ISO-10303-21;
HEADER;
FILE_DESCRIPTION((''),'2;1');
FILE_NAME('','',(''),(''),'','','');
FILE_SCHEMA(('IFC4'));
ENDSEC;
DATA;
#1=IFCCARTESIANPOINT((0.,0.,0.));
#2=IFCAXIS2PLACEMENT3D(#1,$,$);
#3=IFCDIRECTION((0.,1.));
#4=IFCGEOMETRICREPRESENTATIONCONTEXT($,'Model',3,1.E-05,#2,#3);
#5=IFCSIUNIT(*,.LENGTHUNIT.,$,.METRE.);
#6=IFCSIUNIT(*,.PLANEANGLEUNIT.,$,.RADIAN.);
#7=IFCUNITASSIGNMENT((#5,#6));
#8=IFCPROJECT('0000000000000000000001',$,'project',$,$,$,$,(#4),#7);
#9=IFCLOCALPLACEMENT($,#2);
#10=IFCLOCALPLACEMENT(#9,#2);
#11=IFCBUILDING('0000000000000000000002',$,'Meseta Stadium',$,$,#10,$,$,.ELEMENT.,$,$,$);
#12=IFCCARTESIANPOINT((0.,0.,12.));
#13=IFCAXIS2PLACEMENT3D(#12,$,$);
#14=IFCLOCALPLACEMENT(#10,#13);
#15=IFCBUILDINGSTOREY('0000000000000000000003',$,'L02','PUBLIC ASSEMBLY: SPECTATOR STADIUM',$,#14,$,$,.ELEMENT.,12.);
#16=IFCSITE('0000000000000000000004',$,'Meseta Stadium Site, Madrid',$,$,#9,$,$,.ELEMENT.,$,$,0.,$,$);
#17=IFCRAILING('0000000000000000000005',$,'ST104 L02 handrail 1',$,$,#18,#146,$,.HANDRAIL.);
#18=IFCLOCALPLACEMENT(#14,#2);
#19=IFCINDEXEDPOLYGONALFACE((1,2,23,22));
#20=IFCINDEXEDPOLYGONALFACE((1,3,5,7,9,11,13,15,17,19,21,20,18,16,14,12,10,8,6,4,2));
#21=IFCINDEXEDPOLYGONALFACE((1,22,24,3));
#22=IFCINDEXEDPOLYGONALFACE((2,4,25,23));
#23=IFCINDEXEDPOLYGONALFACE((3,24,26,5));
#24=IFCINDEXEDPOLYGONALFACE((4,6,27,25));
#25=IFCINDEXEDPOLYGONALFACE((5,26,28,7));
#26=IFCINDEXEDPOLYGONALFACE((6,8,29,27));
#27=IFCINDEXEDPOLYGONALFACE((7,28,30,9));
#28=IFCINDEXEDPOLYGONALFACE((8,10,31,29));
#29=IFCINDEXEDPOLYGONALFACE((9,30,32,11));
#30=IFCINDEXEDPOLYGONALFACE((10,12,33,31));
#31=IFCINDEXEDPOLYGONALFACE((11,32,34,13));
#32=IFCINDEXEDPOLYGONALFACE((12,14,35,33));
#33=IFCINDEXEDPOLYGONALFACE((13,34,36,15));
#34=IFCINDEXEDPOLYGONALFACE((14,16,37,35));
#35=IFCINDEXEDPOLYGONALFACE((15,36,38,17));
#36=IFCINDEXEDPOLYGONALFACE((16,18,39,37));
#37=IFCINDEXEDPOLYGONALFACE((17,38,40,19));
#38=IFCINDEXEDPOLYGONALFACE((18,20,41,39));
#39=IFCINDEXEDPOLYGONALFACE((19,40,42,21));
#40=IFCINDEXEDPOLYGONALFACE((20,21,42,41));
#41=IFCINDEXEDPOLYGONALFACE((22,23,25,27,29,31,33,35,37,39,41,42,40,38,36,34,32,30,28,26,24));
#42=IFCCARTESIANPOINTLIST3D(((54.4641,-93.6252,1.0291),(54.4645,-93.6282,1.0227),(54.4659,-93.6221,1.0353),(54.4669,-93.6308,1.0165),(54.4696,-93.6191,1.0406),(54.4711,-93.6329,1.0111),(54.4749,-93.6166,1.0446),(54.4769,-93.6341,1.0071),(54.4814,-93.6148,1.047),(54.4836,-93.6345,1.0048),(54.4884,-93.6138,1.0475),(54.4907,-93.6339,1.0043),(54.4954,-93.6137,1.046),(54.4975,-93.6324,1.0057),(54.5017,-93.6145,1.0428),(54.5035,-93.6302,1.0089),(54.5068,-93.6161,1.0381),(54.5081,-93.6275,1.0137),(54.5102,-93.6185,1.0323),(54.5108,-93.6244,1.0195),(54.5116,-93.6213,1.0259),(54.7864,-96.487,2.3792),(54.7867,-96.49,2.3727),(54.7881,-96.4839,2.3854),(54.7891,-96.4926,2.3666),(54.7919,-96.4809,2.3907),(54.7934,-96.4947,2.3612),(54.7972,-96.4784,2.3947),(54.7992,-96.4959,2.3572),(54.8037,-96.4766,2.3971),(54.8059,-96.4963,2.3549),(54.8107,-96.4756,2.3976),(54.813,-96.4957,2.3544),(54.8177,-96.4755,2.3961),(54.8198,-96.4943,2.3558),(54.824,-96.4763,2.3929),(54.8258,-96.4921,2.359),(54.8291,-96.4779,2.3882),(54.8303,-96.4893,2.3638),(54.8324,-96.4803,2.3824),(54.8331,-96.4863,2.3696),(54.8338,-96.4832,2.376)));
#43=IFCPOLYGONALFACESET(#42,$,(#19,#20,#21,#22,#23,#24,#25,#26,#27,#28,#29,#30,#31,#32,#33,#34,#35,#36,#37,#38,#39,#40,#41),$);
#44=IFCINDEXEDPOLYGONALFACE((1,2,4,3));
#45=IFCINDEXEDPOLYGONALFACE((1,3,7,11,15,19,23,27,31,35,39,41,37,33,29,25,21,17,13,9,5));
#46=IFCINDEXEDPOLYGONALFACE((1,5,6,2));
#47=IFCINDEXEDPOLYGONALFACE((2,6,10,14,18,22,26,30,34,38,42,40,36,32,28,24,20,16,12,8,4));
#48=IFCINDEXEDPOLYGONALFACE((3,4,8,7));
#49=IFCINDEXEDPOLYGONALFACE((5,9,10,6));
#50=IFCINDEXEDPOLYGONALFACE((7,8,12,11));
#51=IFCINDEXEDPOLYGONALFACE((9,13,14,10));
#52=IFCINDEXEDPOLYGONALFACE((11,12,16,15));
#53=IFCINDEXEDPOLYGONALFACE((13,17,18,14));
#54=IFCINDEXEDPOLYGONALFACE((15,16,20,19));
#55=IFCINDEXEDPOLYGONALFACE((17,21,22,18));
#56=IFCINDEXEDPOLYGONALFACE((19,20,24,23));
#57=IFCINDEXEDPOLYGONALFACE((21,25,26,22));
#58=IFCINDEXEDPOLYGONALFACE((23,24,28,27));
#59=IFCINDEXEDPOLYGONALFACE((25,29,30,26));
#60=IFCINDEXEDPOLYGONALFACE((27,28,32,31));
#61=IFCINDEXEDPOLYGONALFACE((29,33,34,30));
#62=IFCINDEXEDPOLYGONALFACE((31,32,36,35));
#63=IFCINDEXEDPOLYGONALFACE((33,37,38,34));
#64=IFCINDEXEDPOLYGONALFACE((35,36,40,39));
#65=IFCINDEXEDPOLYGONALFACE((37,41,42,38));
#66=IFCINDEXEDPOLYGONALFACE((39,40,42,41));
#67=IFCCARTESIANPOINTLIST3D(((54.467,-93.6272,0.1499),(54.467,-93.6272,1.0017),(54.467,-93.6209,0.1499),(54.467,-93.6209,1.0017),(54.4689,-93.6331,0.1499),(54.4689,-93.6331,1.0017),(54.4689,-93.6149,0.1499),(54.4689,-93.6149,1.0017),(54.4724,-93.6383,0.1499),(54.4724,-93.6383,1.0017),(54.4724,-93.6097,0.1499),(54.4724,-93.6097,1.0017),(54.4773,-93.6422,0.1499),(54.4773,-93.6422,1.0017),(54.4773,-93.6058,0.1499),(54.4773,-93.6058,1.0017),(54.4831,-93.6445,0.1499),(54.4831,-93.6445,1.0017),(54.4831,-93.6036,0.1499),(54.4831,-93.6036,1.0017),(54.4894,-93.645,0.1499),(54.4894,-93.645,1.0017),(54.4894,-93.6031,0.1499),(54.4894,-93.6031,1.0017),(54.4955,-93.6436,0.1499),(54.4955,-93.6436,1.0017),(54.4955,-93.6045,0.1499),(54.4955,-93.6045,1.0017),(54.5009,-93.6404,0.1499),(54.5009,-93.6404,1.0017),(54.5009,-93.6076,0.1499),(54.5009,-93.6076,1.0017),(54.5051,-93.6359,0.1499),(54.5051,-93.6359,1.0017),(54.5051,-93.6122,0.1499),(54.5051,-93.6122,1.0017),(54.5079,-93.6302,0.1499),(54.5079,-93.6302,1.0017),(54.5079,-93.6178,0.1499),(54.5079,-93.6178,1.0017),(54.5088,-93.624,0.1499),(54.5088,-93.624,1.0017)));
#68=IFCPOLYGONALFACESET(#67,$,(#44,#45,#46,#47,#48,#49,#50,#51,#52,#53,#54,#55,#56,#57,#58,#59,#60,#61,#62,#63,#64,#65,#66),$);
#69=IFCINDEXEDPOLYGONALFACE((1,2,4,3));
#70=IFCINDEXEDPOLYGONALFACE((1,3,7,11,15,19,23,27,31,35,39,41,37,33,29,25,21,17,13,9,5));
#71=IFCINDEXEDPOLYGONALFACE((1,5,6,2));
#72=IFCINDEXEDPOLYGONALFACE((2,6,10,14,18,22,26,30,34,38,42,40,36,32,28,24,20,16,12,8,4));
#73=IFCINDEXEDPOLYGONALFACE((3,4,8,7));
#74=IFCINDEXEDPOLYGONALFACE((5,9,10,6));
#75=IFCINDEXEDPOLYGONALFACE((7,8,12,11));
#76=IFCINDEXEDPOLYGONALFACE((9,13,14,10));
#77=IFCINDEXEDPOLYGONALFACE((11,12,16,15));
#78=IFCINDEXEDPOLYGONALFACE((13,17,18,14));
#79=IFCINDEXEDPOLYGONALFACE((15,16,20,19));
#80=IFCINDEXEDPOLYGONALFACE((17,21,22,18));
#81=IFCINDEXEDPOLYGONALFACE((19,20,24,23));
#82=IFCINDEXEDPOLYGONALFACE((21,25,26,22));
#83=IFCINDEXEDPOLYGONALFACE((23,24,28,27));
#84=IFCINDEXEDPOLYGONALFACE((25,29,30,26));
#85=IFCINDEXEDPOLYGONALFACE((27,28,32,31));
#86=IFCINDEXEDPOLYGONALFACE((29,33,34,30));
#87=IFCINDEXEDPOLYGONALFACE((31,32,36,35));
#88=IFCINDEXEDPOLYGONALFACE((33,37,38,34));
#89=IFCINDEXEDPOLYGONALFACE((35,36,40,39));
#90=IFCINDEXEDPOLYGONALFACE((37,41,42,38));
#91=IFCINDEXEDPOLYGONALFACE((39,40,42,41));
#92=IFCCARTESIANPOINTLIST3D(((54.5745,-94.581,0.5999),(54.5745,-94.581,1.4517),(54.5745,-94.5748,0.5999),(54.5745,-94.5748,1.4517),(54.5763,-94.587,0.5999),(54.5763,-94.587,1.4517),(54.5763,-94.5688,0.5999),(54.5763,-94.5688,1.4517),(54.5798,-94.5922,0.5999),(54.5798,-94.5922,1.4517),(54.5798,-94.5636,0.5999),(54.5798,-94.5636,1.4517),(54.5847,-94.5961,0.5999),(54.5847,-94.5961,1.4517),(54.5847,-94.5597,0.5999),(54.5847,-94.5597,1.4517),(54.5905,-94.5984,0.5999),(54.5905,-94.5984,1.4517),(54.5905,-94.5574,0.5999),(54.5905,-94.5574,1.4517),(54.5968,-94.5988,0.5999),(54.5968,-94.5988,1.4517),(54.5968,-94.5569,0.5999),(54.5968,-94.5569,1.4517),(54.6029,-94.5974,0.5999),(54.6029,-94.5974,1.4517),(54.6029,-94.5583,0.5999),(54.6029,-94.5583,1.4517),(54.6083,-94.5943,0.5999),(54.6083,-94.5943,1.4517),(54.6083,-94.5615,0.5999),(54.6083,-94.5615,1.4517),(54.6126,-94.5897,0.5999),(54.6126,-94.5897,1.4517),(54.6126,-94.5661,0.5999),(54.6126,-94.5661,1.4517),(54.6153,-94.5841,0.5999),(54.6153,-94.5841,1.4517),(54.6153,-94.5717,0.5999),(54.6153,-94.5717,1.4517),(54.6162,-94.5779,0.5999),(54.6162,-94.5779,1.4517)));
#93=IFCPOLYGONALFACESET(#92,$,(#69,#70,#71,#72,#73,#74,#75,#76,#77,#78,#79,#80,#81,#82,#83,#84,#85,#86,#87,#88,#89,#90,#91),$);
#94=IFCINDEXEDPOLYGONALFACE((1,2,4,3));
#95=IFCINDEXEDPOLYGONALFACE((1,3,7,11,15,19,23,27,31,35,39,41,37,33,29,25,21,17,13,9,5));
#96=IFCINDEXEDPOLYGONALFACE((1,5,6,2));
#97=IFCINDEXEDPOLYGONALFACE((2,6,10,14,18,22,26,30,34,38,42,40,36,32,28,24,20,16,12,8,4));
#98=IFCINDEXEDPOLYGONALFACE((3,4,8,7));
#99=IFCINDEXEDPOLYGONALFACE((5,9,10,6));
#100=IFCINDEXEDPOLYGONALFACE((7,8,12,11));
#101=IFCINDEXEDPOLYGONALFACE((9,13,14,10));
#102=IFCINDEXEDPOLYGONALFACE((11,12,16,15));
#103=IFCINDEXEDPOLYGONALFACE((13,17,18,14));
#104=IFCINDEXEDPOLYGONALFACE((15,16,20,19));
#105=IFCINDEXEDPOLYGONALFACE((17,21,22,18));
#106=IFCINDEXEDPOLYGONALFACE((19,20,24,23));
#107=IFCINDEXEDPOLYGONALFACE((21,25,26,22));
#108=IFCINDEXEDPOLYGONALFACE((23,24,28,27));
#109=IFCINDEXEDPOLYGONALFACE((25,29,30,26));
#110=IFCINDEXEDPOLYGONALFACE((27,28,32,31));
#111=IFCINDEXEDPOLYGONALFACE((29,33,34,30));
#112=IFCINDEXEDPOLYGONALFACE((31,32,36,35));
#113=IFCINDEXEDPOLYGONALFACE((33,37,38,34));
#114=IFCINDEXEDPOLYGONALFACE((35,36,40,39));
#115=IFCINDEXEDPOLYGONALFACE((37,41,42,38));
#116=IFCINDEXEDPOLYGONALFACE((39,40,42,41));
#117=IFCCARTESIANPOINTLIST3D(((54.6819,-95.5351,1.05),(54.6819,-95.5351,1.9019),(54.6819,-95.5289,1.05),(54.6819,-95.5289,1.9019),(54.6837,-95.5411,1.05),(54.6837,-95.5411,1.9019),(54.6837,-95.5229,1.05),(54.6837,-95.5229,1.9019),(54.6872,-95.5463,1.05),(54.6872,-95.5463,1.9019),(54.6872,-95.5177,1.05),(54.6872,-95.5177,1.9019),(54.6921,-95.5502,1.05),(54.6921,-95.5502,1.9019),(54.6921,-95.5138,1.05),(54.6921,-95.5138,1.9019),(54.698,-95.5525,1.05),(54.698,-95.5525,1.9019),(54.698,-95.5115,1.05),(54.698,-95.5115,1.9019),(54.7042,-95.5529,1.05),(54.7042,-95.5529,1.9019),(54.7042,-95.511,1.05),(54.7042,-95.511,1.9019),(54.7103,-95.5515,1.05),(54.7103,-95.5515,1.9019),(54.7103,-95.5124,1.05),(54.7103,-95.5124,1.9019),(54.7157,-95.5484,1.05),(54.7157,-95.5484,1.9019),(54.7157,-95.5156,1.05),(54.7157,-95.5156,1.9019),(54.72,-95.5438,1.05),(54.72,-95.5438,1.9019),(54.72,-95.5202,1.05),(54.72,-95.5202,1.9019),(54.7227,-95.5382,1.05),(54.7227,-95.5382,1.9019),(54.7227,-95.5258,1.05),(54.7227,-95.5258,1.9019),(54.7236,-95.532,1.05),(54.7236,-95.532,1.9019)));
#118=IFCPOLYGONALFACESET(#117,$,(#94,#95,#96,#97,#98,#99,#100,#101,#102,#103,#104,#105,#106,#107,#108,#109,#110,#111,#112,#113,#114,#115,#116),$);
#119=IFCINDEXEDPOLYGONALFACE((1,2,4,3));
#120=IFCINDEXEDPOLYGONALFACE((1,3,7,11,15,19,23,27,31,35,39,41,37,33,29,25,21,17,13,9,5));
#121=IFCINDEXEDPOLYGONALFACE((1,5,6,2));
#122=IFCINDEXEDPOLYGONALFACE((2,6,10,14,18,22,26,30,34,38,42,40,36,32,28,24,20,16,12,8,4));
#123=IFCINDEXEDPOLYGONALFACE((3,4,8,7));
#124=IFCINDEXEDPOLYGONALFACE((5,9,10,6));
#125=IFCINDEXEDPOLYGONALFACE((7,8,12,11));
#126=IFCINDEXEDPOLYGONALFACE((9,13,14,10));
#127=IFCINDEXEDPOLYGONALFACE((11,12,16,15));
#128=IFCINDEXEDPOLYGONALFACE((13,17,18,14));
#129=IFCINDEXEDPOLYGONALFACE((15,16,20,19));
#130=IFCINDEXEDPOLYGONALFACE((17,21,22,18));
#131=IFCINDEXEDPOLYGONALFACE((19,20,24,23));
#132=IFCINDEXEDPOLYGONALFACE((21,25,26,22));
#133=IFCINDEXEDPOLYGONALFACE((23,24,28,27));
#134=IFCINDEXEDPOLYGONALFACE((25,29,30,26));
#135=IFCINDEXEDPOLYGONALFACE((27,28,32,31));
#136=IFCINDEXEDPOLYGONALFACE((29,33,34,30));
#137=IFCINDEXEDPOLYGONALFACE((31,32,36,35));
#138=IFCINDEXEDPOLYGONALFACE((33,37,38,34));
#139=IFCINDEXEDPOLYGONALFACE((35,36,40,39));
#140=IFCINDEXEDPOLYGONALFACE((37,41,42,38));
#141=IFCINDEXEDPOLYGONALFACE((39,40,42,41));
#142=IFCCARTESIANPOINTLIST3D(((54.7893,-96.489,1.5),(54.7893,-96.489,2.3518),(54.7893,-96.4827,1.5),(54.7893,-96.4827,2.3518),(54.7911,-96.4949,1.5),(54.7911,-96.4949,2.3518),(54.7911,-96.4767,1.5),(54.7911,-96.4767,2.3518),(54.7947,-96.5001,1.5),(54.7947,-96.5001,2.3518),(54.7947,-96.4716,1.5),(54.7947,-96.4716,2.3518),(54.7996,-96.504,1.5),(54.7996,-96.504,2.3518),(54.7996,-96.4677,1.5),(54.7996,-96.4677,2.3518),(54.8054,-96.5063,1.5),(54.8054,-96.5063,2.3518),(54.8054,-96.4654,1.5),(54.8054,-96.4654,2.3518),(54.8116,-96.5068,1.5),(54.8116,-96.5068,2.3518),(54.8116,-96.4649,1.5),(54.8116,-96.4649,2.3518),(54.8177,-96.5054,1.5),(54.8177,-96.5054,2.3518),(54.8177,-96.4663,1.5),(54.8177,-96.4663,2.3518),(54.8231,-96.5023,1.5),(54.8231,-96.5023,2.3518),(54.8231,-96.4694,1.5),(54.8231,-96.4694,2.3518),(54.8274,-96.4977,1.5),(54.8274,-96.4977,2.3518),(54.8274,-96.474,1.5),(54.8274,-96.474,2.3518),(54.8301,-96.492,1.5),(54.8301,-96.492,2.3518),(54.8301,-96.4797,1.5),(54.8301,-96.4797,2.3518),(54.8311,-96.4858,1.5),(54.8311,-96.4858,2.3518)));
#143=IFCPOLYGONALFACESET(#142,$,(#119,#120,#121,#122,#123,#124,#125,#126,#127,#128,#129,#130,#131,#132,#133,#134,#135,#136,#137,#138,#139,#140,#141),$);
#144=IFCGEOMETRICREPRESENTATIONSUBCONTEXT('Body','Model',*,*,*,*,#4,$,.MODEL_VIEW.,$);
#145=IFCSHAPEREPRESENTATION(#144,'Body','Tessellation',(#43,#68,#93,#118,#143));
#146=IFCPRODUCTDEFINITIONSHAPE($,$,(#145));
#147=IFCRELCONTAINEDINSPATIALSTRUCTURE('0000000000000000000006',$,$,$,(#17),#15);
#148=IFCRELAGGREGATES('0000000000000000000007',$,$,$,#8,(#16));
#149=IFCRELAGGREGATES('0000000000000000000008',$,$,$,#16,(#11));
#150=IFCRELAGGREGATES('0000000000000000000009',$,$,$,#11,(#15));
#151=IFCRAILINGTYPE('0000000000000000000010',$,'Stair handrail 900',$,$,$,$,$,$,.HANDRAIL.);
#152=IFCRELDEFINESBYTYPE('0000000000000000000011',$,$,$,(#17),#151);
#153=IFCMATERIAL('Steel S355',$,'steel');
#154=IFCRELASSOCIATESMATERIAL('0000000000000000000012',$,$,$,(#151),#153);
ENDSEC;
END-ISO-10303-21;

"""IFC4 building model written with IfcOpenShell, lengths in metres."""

from ifc_helpers import new_model, si_unit, direction, frame, origin, origin_2d, place, context, subcontext, project, spatial, circle, extrude, material, type_object, element, save


model = new_model("IFC4")

# Units and contexts
model_context = context("Model", 3, precision=1e-05, world=origin(), true_north=direction((0.0, 1.0)))
body_context = subcontext(model_context, "Body", "Model", "MODEL_VIEW")
ifc_project = project(units=[si_unit("LENGTHUNIT", "METRE"), si_unit("PLANEANGLEUNIT", "RADIAN")], contexts=[model_context])

# Site, building, storey
site_placement = place(None, origin())
site = spatial("IfcSite", under=ifc_project, at=site_placement, Name="Meseta Stadium Site, Madrid", CompositionType="ELEMENT", RefElevation=0.0)
building_placement = place(site_placement, origin())
building = spatial("IfcBuilding", under=site, at=building_placement, Name="Meseta Stadium", CompositionType="ELEMENT")
storey_placement = place(building_placement, frame((0.0, 0.0, 12.0)))
storey = spatial("IfcBuildingStorey", under=building, at=storey_placement, Name="L02", Description="PUBLIC ASSEMBLY: SPECTATOR STADIUM", CompositionType="ELEMENT", Elevation=12.0)

# Railing
ifc_material_1 = material(Name="Steel S355", Category="steel")
railing_type_1 = type_object("IfcRailingType", Name="Stair handrail 900", PredefinedType="HANDRAIL", material=ifc_material_1)
railing_1_placement = place(storey_placement, frame((54.4878, -93.624, 0.1499)))
element("IfcRailing", 1, at=railing_1_placement, inside=storey, type_object=railing_type_1, Name="ST104 L02 handrail 1", PredefinedType="HANDRAIL", context=body_context, shape_type="SweptSolid", body=[
    extrude(circle(Radius=0.0239, at=origin_2d()), frame((0.0, 0.0, 0.876), z_axis=(0.10132, -0.899755, 0.424471), x_axis=(0.993719, 0.111902, 0.0)), (0.0, 0.0, 1.0), 3.1807),
    extrude(circle(Radius=0.021, at=origin_2d()), origin(), (0.0, 0.0, 1.0), 0.8518),
    extrude(circle(Radius=0.021, at=origin_2d()), frame((0.1074, -0.9539, 0.45)), (0.0, 0.0, 1.0), 0.8518),
    extrude(circle(Radius=0.021, at=origin_2d()), frame((0.2148, -1.908, 0.9001)), (0.0, 0.0, 1.0), 0.8518),
    extrude(circle(Radius=0.021, at=origin_2d()), frame((0.3223, -2.8618, 1.3501)), (0.0, 0.0, 1.0), 0.8518),
])

save(model, "model.ifc")
